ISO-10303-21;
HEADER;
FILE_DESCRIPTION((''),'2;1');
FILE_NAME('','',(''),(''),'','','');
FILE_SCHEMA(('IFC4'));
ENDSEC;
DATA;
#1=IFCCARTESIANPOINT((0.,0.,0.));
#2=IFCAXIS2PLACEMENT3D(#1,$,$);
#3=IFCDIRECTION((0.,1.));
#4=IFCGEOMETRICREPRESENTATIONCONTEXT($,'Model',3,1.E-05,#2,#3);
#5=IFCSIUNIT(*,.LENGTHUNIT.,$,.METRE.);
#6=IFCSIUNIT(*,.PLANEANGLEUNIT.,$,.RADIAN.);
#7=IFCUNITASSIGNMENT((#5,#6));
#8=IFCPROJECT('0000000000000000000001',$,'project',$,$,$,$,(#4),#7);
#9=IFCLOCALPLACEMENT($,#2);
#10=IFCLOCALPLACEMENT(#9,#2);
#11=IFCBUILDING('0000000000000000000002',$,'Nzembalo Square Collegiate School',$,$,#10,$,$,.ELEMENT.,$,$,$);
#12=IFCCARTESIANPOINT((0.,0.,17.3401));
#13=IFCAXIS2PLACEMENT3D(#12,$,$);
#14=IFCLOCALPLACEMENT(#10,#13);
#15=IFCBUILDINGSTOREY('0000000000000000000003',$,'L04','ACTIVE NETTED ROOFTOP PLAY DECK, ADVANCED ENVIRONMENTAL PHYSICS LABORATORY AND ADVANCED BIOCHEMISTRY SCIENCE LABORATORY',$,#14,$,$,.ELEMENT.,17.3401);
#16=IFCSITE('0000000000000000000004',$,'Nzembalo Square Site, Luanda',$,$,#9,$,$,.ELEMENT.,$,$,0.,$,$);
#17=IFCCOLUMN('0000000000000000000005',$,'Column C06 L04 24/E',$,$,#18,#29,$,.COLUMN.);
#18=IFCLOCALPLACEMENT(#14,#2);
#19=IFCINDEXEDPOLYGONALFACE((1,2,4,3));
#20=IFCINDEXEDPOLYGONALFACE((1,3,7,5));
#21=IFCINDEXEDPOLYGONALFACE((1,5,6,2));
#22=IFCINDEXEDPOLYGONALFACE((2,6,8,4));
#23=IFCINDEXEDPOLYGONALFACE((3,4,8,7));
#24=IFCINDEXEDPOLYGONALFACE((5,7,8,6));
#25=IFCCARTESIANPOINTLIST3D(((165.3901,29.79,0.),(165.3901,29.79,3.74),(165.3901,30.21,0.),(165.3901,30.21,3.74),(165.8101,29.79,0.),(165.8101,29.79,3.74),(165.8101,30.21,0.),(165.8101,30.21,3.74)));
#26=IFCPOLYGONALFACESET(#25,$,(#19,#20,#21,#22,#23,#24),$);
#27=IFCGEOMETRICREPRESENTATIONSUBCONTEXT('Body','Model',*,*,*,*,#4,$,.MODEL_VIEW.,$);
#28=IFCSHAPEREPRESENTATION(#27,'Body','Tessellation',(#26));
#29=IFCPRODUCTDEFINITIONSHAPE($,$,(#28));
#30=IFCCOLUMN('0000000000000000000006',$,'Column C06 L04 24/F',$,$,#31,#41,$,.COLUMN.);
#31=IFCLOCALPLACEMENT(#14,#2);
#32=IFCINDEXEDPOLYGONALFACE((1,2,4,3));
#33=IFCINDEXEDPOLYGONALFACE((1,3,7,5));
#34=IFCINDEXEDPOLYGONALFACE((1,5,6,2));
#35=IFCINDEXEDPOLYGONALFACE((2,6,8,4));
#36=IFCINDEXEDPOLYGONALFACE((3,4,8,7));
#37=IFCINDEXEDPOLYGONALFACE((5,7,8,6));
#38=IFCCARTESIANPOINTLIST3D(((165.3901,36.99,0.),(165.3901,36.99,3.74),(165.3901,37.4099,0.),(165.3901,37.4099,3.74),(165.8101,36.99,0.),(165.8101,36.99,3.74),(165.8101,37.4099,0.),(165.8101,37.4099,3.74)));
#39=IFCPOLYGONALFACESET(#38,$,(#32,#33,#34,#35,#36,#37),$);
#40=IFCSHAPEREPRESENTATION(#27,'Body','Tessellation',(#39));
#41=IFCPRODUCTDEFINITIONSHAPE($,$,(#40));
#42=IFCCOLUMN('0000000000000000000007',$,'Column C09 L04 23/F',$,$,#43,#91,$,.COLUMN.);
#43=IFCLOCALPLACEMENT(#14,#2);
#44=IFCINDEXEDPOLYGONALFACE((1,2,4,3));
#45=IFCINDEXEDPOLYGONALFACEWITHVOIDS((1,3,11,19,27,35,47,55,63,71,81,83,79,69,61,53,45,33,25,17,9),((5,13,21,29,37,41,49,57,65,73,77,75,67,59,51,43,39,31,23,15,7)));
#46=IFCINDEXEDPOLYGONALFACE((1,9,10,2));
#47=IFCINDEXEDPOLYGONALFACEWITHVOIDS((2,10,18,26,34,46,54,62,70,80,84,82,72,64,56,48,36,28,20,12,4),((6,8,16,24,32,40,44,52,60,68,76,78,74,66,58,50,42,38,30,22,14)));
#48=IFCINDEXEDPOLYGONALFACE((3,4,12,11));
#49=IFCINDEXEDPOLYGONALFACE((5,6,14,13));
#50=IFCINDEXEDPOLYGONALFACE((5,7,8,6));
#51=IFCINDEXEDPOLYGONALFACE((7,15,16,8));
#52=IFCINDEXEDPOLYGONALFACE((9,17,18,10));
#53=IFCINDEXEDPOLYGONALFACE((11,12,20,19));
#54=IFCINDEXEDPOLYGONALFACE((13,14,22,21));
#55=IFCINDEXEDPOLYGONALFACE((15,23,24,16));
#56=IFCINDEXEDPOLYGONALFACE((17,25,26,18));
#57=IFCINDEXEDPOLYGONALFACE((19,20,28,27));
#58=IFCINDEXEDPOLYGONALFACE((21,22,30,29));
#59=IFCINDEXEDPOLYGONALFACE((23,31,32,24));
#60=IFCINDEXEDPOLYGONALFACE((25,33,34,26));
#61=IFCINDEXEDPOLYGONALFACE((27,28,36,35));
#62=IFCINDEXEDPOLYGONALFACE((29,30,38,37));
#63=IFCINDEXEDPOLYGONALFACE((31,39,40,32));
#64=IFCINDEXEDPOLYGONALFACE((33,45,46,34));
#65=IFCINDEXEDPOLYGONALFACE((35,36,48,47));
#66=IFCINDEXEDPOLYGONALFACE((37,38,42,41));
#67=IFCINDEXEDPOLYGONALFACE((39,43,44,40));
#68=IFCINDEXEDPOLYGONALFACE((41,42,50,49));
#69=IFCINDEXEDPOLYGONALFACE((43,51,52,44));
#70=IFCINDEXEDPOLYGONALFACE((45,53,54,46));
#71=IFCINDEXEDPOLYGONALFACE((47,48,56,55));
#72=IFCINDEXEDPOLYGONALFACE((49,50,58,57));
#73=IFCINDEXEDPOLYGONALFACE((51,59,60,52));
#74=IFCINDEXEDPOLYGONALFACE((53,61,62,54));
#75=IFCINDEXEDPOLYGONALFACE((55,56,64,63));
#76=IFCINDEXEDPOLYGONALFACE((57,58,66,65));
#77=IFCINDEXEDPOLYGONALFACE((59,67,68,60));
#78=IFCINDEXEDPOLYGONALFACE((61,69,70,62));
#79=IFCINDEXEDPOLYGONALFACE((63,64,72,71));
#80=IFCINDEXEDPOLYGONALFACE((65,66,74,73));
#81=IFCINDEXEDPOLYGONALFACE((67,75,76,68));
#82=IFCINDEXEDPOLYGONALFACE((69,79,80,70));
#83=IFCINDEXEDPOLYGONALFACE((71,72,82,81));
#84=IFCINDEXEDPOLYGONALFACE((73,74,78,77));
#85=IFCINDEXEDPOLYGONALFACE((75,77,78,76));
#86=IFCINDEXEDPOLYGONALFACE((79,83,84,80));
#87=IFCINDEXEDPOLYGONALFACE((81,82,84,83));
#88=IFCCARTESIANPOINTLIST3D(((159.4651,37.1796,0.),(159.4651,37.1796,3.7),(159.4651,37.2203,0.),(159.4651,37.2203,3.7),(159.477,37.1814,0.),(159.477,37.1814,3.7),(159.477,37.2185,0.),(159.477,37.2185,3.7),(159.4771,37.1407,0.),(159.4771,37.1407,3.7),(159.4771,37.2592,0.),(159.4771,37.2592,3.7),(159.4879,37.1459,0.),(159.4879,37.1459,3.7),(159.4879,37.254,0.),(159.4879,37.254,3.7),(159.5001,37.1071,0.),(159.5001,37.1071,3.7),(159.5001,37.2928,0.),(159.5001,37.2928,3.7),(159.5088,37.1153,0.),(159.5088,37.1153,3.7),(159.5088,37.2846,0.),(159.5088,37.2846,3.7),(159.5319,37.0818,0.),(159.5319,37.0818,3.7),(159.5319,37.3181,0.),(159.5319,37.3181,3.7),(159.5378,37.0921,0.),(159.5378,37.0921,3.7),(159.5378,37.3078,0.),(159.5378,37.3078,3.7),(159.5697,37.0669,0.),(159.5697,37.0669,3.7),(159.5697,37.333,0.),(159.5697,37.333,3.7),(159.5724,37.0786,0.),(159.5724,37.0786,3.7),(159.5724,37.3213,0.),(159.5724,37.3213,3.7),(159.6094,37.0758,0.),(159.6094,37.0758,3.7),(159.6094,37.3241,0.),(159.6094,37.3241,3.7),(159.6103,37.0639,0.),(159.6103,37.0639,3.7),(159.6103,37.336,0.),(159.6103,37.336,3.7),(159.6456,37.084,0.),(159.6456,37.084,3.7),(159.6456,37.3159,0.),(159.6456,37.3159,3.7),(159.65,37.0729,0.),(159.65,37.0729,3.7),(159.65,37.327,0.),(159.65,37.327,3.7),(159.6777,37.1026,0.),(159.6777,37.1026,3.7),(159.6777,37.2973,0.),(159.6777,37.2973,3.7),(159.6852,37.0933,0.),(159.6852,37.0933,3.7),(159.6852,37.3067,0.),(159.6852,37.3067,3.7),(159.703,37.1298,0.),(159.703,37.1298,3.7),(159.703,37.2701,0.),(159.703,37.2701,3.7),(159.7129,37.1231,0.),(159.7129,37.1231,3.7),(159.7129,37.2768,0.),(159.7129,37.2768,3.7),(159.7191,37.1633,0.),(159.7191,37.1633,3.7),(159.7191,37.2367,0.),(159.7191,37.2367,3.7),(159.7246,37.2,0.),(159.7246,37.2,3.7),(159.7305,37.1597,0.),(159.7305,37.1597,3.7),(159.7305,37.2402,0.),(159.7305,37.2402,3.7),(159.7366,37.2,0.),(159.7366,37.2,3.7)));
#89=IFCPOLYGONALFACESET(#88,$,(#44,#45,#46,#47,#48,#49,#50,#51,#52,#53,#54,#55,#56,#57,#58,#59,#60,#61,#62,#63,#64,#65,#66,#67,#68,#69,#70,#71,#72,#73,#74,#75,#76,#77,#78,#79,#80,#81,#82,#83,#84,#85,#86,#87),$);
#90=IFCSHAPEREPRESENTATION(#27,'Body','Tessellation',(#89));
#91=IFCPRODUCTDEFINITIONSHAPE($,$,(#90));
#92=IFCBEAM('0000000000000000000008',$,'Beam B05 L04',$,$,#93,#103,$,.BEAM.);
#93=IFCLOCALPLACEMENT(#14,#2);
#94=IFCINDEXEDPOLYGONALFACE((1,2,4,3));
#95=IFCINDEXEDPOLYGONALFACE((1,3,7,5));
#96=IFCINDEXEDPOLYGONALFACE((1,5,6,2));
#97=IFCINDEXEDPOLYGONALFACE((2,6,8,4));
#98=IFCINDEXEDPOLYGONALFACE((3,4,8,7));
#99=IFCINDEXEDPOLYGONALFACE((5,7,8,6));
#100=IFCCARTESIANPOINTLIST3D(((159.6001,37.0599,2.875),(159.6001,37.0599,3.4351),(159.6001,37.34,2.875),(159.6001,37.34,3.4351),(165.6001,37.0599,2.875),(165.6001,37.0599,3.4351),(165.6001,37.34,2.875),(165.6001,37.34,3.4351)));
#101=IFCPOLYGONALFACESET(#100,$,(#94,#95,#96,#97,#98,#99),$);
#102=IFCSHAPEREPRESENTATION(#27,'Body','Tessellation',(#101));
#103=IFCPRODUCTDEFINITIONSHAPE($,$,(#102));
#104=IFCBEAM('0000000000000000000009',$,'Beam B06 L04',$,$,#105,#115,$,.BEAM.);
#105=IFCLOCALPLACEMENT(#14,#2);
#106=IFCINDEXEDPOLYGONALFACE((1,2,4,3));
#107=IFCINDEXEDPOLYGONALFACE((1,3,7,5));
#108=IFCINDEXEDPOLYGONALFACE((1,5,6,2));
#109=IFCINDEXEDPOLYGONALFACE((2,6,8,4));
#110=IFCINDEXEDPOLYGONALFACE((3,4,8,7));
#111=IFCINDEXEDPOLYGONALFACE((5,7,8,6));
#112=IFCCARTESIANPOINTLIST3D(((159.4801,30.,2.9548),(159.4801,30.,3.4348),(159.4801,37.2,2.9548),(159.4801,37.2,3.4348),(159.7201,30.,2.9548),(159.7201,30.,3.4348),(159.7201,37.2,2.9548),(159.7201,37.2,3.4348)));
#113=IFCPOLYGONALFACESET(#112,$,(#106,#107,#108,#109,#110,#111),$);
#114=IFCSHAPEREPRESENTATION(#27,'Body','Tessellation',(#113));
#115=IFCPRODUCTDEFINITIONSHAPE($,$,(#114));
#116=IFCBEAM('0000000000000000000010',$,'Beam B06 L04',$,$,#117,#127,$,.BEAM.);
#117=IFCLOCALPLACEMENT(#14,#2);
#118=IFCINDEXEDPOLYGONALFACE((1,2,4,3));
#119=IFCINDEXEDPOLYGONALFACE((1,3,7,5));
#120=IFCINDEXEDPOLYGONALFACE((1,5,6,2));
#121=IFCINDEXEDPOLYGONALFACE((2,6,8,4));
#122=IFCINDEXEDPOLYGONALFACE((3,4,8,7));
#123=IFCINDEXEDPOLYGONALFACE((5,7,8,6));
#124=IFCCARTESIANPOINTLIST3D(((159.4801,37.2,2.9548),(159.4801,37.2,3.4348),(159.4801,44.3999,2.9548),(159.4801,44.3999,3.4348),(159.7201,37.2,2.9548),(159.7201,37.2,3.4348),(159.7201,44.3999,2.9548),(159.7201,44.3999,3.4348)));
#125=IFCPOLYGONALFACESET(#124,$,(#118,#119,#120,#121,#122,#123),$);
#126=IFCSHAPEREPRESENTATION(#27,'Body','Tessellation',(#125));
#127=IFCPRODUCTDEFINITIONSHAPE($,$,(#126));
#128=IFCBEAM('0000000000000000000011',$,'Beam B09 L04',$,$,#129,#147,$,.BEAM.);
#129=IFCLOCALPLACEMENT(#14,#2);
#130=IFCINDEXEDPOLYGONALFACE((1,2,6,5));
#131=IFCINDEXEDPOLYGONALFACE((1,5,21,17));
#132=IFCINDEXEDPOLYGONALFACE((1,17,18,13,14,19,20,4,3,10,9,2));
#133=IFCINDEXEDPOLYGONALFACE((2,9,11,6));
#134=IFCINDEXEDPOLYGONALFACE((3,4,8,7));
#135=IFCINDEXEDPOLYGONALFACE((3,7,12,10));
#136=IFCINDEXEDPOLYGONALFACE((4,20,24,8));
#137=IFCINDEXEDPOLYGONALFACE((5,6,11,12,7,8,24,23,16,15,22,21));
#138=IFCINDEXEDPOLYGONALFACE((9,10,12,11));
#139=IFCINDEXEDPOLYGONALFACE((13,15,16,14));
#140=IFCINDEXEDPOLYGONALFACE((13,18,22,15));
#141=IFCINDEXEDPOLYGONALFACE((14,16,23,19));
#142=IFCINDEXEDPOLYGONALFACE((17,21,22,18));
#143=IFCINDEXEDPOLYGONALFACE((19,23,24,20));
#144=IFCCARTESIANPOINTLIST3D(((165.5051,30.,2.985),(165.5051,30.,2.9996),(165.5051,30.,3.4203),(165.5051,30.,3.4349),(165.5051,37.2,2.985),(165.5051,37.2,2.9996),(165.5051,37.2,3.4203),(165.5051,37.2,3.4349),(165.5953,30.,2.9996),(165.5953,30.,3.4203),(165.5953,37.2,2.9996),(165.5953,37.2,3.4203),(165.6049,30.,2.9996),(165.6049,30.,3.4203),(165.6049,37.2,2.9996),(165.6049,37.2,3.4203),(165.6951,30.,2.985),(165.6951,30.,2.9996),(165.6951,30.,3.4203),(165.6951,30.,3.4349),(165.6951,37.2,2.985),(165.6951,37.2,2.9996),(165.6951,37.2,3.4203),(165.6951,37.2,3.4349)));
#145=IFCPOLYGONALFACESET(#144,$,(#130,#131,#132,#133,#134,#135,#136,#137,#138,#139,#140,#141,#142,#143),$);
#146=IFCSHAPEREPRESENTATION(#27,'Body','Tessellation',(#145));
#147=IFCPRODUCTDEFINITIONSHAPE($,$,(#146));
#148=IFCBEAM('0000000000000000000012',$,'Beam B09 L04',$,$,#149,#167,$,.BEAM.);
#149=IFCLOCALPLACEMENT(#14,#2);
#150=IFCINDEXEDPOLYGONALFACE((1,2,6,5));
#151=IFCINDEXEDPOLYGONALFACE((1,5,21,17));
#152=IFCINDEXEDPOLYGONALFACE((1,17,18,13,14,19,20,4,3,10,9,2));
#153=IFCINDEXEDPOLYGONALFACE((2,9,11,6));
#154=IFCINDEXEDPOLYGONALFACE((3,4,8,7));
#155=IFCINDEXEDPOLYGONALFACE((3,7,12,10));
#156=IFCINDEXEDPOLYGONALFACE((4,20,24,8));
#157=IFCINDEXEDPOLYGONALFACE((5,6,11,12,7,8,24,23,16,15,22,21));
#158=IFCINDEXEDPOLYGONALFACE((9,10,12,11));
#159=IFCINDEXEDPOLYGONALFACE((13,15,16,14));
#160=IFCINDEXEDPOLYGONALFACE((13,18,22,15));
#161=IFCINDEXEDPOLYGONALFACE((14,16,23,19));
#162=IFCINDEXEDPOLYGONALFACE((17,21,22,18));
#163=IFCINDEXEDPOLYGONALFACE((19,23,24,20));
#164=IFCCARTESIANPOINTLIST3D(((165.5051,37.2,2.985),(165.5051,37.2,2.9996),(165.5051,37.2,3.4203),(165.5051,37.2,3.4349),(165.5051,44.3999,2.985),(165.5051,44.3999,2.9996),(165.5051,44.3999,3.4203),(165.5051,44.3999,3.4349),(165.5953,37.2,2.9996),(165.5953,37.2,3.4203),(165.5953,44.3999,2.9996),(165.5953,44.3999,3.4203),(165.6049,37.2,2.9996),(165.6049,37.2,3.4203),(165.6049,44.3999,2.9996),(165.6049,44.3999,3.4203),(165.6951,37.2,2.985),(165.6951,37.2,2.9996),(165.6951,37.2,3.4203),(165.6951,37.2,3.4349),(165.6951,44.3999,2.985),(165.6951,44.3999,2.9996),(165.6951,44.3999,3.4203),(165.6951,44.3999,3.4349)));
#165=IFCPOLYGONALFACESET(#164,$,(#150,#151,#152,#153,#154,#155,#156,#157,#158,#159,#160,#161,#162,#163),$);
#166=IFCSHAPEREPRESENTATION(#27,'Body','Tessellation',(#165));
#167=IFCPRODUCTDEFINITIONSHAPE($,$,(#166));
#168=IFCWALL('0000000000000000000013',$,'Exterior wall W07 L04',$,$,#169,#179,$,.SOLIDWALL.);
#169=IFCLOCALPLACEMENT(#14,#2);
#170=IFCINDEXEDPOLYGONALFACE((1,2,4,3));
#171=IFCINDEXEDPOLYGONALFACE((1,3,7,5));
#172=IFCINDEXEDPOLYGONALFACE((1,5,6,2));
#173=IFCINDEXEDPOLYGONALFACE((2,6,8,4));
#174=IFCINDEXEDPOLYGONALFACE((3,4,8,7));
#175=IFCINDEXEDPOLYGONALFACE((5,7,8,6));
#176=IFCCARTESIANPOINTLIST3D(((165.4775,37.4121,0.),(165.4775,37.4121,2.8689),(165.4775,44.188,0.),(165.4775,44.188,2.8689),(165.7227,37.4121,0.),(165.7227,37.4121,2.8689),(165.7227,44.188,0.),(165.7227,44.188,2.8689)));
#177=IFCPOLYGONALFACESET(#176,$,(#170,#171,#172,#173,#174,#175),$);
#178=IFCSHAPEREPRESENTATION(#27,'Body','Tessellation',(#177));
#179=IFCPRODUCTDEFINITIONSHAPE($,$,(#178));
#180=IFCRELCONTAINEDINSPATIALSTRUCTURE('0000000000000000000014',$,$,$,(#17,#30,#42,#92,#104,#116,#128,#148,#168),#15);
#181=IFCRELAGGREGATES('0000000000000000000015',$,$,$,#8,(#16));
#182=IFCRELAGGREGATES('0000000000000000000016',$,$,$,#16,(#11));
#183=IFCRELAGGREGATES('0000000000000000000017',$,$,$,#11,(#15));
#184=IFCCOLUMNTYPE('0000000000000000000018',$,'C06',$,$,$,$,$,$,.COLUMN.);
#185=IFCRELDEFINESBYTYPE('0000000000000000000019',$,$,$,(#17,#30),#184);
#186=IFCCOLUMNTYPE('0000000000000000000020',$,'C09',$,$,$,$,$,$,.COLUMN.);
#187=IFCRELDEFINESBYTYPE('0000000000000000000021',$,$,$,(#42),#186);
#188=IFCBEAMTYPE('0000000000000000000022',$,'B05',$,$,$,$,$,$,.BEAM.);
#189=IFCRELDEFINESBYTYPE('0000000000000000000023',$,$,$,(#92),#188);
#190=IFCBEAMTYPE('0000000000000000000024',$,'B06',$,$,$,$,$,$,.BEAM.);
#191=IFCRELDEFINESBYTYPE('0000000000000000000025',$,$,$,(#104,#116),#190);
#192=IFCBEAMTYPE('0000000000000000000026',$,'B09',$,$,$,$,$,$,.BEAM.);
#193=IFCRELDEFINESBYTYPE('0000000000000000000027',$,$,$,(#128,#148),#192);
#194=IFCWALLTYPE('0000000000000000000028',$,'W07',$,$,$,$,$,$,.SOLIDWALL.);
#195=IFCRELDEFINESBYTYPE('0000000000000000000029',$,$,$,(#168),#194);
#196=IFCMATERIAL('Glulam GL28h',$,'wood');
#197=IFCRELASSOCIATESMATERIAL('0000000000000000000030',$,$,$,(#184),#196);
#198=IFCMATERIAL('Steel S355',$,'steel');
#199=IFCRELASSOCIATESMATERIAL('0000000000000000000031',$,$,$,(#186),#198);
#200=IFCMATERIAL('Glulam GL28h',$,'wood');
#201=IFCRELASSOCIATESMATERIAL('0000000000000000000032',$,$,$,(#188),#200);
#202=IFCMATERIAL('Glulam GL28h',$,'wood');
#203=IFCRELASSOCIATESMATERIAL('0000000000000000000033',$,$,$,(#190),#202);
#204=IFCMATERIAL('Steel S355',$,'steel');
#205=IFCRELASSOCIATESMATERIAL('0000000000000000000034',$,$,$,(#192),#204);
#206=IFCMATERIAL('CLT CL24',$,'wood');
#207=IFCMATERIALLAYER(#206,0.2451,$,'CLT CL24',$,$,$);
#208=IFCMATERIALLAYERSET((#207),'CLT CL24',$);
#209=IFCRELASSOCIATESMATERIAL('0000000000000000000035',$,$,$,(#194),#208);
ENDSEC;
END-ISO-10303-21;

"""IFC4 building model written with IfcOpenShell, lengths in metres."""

from ifc_helpers import new_model, si_unit, direction, frame, frame_2d, origin, origin_2d, place, context, subcontext, project, spatial, rectangle, hollow_circle, i_section, extrude, material, layer, layer_set, material_profile, profile_set, type_object, element, save


model = new_model("IFC4")

# Units and contexts
model_context = context("Model", 3, precision=1e-05, world=origin(), true_north=direction((0.0, 1.0)))
body_context = subcontext(model_context, "Body", "Model", "MODEL_VIEW")
ifc_project = project(units=[si_unit("LENGTHUNIT", "METRE"), si_unit("PLANEANGLEUNIT", "RADIAN")], contexts=[model_context])

# Site, building, storey
site_placement = place(None, origin())
site = spatial("IfcSite", under=ifc_project, at=site_placement, Name="Nzembalo Square Site, Luanda", CompositionType="ELEMENT", RefElevation=0.0)
building_placement = place(site_placement, origin())
building = spatial("IfcBuilding", under=site, at=building_placement, Name="Nzembalo Square Collegiate School", CompositionType="ELEMENT")
storey_placement = place(building_placement, frame((0.0, 0.0, 17.3401)))
storey = spatial("IfcBuildingStorey", under=building, at=storey_placement, Name="L04", Description="ACTIVE NETTED ROOFTOP PLAY DECK, ADVANCED ENVIRONMENTAL PHYSICS LABORATORY AND ADVANCED BIOCHEMISTRY SCIENCE LABORATORY", CompositionType="ELEMENT", Elevation=17.3401)

# Columns
ifc_material_1 = material(Name="Glulam GL28h", Category="wood")
ifc_material_profile_1 = material_profile(ifc_material_1, rectangle(XDim=0.4199, YDim=0.4199, at=origin_2d()), Name="GL28h 420x420")
ifc_profile_set_1 = profile_set([ifc_material_profile_1], Name="Glulam GL28h")
column_type_1 = type_object("IfcColumnType", Name="C06", PredefinedType="COLUMN", material=ifc_profile_set_1)
for number, where, z_axis, x_axis, name in (
    (1, (165.6001, 30.0, 0.0), (0.0, 0.0, 1.0), (1.0, 0.0, 0.0), "Column C06 L04 24/E"),
    (2, (165.6001, 37.2, 0.0), (0.0, 0.0, 1.0), (1.0, 0.0, 0.0), "Column C06 L04 24/F"),
):
    element("IfcColumn", number, at=place(storey_placement, frame(where, z_axis=z_axis, x_axis=x_axis)), inside=storey, type_object=column_type_1, Name=name, PredefinedType="COLUMN", context=body_context, shape_type="SweptSolid", body=[
        extrude(rectangle(XDim=0.4199, YDim=0.4199, at=origin_2d()), origin(), (0.0, 0.0, 1.0), 3.74),
    ])
ifc_material_2 = material(Name="Steel S355", Category="steel")
ifc_material_profile_2 = material_profile(ifc_material_2, hollow_circle(Radius=0.1365, WallThickness=0.012, at=origin_2d()), Name="CHS 273x12")
ifc_profile_set_2 = profile_set([ifc_material_profile_2], Name="Steel S355")
column_type_2 = type_object("IfcColumnType", Name="C09", PredefinedType="COLUMN", material=ifc_profile_set_2)
column_placement = place(storey_placement, frame((159.6001, 37.2, 0.0), z_axis=(0.0, 0.0, 1.0), x_axis=(1.0, 0.0, 0.0)))
element("IfcColumn", 3, at=column_placement, inside=storey, type_object=column_type_2, Name="Column C09 L04 23/F", PredefinedType="COLUMN", context=body_context, shape_type="SweptSolid", body=[
    extrude(hollow_circle(Radius=0.1365, WallThickness=0.012, at=origin_2d()), origin(), (0.0, 0.0, 1.0), 3.7),
])

# Beams
ifc_material_3 = material(Name="Glulam GL28h", Category="wood")
ifc_material_profile_3 = material_profile(ifc_material_3, rectangle(XDim=0.28, YDim=0.5601, at=origin_2d()), Name="GL28h 280x560")
ifc_profile_set_3 = profile_set([ifc_material_profile_3], Name="Glulam GL28h")
beam_type_1 = type_object("IfcBeamType", Name="B05", PredefinedType="BEAM", material=ifc_profile_set_3)
beam_placement = place(storey_placement, frame((159.6001, 37.2, 3.155), z_axis=(1.0, 0.0, 0.0), x_axis=(0.0, 1.0, 0.0)))
element("IfcBeam", 4, at=beam_placement, inside=storey, type_object=beam_type_1, Name="Beam B05 L04", PredefinedType="BEAM", context=body_context, shape_type="SweptSolid", body=[
    extrude(rectangle(XDim=0.28, YDim=0.5601, at=origin_2d()), origin(), (0.0, 0.0, 1.0), 6.0),
])
ifc_material_4 = material(Name="Glulam GL28h", Category="wood")
ifc_material_profile_4 = material_profile(ifc_material_4, rectangle(XDim=0.24, YDim=0.48, at=origin_2d()), Name="GL28h 240x480")
ifc_profile_set_4 = profile_set([ifc_material_profile_4], Name="Glulam GL28h")
beam_type_2 = type_object("IfcBeamType", Name="B06", PredefinedType="BEAM", material=ifc_profile_set_4)
for number, where, z_axis, x_axis, name in (
    (5, (159.6001, 30.0, 3.1948), (0.0, 1.0, 0.0), (-1.0, 0.0, 0.0), "Beam B06 L04"),
    (6, (159.6001, 37.2, 3.1948), (0.0, 1.0, 0.0), (-1.0, 0.0, 0.0), "Beam B06 L04"),
):
    element("IfcBeam", number, at=place(storey_placement, frame(where, z_axis=z_axis, x_axis=x_axis)), inside=storey, type_object=beam_type_2, Name=name, PredefinedType="BEAM", context=body_context, shape_type="SweptSolid", body=[
        extrude(rectangle(XDim=0.24, YDim=0.48, at=origin_2d()), origin(), (0.0, 0.0, 1.0), 7.2),
    ])
ifc_material_5 = material(Name="Steel S355", Category="steel")
ifc_material_profile_5 = material_profile(ifc_material_5, i_section(OverallWidth=0.1899, OverallDepth=0.45, WebThickness=0.0095, FlangeThickness=0.0146, at=origin_2d()), Name="IPE 450")
ifc_profile_set_5 = profile_set([ifc_material_profile_5], Name="Steel S355")
beam_type_3 = type_object("IfcBeamType", Name="B09", PredefinedType="BEAM", material=ifc_profile_set_5)
for number, where, z_axis, x_axis, name in (
    (7, (165.6001, 30.0, 3.21), (0.0, 1.0, 0.0), (-1.0, 0.0, 0.0), "Beam B09 L04"),
    (8, (165.6001, 37.2, 3.21), (0.0, 1.0, 0.0), (-1.0, 0.0, 0.0), "Beam B09 L04"),
):
    element("IfcBeam", number, at=place(storey_placement, frame(where, z_axis=z_axis, x_axis=x_axis)), inside=storey, type_object=beam_type_3, Name=name, PredefinedType="BEAM", context=body_context, shape_type="SweptSolid", body=[
        extrude(i_section(OverallWidth=0.1899, OverallDepth=0.45, WebThickness=0.0095, FlangeThickness=0.0146, at=origin_2d()), origin(), (0.0, 0.0, 1.0), 7.2),
    ])

# Wall
ifc_material_6 = material(Name="CLT CL24", Category="wood")
ifc_layer_1 = layer(ifc_material_6, 0.2451, Name="CLT CL24")
ifc_layer_set_1 = layer_set([ifc_layer_1], Name="CLT CL24")
wall_type_1 = type_object("IfcWallType", Name="W07", PredefinedType="SOLIDWALL", material=ifc_layer_set_1)
wall_1_placement = place(storey_placement, frame((165.6001, 37.4121, 0.0), z_axis=(0.0, 0.0, 1.0), x_axis=(0.0, 1.0, 0.0)))
element("IfcWall", 9, at=wall_1_placement, inside=storey, type_object=wall_type_1, Name="Exterior wall W07 L04", PredefinedType="SOLIDWALL", context=body_context, shape_type="SweptSolid", body=[
    extrude(rectangle(XDim=6.7759, YDim=0.2451, at=frame_2d((3.3879, 0.0))), origin(), (0.0, 0.0, 1.0), 2.8689),
])

save(model, "model.ifc")
